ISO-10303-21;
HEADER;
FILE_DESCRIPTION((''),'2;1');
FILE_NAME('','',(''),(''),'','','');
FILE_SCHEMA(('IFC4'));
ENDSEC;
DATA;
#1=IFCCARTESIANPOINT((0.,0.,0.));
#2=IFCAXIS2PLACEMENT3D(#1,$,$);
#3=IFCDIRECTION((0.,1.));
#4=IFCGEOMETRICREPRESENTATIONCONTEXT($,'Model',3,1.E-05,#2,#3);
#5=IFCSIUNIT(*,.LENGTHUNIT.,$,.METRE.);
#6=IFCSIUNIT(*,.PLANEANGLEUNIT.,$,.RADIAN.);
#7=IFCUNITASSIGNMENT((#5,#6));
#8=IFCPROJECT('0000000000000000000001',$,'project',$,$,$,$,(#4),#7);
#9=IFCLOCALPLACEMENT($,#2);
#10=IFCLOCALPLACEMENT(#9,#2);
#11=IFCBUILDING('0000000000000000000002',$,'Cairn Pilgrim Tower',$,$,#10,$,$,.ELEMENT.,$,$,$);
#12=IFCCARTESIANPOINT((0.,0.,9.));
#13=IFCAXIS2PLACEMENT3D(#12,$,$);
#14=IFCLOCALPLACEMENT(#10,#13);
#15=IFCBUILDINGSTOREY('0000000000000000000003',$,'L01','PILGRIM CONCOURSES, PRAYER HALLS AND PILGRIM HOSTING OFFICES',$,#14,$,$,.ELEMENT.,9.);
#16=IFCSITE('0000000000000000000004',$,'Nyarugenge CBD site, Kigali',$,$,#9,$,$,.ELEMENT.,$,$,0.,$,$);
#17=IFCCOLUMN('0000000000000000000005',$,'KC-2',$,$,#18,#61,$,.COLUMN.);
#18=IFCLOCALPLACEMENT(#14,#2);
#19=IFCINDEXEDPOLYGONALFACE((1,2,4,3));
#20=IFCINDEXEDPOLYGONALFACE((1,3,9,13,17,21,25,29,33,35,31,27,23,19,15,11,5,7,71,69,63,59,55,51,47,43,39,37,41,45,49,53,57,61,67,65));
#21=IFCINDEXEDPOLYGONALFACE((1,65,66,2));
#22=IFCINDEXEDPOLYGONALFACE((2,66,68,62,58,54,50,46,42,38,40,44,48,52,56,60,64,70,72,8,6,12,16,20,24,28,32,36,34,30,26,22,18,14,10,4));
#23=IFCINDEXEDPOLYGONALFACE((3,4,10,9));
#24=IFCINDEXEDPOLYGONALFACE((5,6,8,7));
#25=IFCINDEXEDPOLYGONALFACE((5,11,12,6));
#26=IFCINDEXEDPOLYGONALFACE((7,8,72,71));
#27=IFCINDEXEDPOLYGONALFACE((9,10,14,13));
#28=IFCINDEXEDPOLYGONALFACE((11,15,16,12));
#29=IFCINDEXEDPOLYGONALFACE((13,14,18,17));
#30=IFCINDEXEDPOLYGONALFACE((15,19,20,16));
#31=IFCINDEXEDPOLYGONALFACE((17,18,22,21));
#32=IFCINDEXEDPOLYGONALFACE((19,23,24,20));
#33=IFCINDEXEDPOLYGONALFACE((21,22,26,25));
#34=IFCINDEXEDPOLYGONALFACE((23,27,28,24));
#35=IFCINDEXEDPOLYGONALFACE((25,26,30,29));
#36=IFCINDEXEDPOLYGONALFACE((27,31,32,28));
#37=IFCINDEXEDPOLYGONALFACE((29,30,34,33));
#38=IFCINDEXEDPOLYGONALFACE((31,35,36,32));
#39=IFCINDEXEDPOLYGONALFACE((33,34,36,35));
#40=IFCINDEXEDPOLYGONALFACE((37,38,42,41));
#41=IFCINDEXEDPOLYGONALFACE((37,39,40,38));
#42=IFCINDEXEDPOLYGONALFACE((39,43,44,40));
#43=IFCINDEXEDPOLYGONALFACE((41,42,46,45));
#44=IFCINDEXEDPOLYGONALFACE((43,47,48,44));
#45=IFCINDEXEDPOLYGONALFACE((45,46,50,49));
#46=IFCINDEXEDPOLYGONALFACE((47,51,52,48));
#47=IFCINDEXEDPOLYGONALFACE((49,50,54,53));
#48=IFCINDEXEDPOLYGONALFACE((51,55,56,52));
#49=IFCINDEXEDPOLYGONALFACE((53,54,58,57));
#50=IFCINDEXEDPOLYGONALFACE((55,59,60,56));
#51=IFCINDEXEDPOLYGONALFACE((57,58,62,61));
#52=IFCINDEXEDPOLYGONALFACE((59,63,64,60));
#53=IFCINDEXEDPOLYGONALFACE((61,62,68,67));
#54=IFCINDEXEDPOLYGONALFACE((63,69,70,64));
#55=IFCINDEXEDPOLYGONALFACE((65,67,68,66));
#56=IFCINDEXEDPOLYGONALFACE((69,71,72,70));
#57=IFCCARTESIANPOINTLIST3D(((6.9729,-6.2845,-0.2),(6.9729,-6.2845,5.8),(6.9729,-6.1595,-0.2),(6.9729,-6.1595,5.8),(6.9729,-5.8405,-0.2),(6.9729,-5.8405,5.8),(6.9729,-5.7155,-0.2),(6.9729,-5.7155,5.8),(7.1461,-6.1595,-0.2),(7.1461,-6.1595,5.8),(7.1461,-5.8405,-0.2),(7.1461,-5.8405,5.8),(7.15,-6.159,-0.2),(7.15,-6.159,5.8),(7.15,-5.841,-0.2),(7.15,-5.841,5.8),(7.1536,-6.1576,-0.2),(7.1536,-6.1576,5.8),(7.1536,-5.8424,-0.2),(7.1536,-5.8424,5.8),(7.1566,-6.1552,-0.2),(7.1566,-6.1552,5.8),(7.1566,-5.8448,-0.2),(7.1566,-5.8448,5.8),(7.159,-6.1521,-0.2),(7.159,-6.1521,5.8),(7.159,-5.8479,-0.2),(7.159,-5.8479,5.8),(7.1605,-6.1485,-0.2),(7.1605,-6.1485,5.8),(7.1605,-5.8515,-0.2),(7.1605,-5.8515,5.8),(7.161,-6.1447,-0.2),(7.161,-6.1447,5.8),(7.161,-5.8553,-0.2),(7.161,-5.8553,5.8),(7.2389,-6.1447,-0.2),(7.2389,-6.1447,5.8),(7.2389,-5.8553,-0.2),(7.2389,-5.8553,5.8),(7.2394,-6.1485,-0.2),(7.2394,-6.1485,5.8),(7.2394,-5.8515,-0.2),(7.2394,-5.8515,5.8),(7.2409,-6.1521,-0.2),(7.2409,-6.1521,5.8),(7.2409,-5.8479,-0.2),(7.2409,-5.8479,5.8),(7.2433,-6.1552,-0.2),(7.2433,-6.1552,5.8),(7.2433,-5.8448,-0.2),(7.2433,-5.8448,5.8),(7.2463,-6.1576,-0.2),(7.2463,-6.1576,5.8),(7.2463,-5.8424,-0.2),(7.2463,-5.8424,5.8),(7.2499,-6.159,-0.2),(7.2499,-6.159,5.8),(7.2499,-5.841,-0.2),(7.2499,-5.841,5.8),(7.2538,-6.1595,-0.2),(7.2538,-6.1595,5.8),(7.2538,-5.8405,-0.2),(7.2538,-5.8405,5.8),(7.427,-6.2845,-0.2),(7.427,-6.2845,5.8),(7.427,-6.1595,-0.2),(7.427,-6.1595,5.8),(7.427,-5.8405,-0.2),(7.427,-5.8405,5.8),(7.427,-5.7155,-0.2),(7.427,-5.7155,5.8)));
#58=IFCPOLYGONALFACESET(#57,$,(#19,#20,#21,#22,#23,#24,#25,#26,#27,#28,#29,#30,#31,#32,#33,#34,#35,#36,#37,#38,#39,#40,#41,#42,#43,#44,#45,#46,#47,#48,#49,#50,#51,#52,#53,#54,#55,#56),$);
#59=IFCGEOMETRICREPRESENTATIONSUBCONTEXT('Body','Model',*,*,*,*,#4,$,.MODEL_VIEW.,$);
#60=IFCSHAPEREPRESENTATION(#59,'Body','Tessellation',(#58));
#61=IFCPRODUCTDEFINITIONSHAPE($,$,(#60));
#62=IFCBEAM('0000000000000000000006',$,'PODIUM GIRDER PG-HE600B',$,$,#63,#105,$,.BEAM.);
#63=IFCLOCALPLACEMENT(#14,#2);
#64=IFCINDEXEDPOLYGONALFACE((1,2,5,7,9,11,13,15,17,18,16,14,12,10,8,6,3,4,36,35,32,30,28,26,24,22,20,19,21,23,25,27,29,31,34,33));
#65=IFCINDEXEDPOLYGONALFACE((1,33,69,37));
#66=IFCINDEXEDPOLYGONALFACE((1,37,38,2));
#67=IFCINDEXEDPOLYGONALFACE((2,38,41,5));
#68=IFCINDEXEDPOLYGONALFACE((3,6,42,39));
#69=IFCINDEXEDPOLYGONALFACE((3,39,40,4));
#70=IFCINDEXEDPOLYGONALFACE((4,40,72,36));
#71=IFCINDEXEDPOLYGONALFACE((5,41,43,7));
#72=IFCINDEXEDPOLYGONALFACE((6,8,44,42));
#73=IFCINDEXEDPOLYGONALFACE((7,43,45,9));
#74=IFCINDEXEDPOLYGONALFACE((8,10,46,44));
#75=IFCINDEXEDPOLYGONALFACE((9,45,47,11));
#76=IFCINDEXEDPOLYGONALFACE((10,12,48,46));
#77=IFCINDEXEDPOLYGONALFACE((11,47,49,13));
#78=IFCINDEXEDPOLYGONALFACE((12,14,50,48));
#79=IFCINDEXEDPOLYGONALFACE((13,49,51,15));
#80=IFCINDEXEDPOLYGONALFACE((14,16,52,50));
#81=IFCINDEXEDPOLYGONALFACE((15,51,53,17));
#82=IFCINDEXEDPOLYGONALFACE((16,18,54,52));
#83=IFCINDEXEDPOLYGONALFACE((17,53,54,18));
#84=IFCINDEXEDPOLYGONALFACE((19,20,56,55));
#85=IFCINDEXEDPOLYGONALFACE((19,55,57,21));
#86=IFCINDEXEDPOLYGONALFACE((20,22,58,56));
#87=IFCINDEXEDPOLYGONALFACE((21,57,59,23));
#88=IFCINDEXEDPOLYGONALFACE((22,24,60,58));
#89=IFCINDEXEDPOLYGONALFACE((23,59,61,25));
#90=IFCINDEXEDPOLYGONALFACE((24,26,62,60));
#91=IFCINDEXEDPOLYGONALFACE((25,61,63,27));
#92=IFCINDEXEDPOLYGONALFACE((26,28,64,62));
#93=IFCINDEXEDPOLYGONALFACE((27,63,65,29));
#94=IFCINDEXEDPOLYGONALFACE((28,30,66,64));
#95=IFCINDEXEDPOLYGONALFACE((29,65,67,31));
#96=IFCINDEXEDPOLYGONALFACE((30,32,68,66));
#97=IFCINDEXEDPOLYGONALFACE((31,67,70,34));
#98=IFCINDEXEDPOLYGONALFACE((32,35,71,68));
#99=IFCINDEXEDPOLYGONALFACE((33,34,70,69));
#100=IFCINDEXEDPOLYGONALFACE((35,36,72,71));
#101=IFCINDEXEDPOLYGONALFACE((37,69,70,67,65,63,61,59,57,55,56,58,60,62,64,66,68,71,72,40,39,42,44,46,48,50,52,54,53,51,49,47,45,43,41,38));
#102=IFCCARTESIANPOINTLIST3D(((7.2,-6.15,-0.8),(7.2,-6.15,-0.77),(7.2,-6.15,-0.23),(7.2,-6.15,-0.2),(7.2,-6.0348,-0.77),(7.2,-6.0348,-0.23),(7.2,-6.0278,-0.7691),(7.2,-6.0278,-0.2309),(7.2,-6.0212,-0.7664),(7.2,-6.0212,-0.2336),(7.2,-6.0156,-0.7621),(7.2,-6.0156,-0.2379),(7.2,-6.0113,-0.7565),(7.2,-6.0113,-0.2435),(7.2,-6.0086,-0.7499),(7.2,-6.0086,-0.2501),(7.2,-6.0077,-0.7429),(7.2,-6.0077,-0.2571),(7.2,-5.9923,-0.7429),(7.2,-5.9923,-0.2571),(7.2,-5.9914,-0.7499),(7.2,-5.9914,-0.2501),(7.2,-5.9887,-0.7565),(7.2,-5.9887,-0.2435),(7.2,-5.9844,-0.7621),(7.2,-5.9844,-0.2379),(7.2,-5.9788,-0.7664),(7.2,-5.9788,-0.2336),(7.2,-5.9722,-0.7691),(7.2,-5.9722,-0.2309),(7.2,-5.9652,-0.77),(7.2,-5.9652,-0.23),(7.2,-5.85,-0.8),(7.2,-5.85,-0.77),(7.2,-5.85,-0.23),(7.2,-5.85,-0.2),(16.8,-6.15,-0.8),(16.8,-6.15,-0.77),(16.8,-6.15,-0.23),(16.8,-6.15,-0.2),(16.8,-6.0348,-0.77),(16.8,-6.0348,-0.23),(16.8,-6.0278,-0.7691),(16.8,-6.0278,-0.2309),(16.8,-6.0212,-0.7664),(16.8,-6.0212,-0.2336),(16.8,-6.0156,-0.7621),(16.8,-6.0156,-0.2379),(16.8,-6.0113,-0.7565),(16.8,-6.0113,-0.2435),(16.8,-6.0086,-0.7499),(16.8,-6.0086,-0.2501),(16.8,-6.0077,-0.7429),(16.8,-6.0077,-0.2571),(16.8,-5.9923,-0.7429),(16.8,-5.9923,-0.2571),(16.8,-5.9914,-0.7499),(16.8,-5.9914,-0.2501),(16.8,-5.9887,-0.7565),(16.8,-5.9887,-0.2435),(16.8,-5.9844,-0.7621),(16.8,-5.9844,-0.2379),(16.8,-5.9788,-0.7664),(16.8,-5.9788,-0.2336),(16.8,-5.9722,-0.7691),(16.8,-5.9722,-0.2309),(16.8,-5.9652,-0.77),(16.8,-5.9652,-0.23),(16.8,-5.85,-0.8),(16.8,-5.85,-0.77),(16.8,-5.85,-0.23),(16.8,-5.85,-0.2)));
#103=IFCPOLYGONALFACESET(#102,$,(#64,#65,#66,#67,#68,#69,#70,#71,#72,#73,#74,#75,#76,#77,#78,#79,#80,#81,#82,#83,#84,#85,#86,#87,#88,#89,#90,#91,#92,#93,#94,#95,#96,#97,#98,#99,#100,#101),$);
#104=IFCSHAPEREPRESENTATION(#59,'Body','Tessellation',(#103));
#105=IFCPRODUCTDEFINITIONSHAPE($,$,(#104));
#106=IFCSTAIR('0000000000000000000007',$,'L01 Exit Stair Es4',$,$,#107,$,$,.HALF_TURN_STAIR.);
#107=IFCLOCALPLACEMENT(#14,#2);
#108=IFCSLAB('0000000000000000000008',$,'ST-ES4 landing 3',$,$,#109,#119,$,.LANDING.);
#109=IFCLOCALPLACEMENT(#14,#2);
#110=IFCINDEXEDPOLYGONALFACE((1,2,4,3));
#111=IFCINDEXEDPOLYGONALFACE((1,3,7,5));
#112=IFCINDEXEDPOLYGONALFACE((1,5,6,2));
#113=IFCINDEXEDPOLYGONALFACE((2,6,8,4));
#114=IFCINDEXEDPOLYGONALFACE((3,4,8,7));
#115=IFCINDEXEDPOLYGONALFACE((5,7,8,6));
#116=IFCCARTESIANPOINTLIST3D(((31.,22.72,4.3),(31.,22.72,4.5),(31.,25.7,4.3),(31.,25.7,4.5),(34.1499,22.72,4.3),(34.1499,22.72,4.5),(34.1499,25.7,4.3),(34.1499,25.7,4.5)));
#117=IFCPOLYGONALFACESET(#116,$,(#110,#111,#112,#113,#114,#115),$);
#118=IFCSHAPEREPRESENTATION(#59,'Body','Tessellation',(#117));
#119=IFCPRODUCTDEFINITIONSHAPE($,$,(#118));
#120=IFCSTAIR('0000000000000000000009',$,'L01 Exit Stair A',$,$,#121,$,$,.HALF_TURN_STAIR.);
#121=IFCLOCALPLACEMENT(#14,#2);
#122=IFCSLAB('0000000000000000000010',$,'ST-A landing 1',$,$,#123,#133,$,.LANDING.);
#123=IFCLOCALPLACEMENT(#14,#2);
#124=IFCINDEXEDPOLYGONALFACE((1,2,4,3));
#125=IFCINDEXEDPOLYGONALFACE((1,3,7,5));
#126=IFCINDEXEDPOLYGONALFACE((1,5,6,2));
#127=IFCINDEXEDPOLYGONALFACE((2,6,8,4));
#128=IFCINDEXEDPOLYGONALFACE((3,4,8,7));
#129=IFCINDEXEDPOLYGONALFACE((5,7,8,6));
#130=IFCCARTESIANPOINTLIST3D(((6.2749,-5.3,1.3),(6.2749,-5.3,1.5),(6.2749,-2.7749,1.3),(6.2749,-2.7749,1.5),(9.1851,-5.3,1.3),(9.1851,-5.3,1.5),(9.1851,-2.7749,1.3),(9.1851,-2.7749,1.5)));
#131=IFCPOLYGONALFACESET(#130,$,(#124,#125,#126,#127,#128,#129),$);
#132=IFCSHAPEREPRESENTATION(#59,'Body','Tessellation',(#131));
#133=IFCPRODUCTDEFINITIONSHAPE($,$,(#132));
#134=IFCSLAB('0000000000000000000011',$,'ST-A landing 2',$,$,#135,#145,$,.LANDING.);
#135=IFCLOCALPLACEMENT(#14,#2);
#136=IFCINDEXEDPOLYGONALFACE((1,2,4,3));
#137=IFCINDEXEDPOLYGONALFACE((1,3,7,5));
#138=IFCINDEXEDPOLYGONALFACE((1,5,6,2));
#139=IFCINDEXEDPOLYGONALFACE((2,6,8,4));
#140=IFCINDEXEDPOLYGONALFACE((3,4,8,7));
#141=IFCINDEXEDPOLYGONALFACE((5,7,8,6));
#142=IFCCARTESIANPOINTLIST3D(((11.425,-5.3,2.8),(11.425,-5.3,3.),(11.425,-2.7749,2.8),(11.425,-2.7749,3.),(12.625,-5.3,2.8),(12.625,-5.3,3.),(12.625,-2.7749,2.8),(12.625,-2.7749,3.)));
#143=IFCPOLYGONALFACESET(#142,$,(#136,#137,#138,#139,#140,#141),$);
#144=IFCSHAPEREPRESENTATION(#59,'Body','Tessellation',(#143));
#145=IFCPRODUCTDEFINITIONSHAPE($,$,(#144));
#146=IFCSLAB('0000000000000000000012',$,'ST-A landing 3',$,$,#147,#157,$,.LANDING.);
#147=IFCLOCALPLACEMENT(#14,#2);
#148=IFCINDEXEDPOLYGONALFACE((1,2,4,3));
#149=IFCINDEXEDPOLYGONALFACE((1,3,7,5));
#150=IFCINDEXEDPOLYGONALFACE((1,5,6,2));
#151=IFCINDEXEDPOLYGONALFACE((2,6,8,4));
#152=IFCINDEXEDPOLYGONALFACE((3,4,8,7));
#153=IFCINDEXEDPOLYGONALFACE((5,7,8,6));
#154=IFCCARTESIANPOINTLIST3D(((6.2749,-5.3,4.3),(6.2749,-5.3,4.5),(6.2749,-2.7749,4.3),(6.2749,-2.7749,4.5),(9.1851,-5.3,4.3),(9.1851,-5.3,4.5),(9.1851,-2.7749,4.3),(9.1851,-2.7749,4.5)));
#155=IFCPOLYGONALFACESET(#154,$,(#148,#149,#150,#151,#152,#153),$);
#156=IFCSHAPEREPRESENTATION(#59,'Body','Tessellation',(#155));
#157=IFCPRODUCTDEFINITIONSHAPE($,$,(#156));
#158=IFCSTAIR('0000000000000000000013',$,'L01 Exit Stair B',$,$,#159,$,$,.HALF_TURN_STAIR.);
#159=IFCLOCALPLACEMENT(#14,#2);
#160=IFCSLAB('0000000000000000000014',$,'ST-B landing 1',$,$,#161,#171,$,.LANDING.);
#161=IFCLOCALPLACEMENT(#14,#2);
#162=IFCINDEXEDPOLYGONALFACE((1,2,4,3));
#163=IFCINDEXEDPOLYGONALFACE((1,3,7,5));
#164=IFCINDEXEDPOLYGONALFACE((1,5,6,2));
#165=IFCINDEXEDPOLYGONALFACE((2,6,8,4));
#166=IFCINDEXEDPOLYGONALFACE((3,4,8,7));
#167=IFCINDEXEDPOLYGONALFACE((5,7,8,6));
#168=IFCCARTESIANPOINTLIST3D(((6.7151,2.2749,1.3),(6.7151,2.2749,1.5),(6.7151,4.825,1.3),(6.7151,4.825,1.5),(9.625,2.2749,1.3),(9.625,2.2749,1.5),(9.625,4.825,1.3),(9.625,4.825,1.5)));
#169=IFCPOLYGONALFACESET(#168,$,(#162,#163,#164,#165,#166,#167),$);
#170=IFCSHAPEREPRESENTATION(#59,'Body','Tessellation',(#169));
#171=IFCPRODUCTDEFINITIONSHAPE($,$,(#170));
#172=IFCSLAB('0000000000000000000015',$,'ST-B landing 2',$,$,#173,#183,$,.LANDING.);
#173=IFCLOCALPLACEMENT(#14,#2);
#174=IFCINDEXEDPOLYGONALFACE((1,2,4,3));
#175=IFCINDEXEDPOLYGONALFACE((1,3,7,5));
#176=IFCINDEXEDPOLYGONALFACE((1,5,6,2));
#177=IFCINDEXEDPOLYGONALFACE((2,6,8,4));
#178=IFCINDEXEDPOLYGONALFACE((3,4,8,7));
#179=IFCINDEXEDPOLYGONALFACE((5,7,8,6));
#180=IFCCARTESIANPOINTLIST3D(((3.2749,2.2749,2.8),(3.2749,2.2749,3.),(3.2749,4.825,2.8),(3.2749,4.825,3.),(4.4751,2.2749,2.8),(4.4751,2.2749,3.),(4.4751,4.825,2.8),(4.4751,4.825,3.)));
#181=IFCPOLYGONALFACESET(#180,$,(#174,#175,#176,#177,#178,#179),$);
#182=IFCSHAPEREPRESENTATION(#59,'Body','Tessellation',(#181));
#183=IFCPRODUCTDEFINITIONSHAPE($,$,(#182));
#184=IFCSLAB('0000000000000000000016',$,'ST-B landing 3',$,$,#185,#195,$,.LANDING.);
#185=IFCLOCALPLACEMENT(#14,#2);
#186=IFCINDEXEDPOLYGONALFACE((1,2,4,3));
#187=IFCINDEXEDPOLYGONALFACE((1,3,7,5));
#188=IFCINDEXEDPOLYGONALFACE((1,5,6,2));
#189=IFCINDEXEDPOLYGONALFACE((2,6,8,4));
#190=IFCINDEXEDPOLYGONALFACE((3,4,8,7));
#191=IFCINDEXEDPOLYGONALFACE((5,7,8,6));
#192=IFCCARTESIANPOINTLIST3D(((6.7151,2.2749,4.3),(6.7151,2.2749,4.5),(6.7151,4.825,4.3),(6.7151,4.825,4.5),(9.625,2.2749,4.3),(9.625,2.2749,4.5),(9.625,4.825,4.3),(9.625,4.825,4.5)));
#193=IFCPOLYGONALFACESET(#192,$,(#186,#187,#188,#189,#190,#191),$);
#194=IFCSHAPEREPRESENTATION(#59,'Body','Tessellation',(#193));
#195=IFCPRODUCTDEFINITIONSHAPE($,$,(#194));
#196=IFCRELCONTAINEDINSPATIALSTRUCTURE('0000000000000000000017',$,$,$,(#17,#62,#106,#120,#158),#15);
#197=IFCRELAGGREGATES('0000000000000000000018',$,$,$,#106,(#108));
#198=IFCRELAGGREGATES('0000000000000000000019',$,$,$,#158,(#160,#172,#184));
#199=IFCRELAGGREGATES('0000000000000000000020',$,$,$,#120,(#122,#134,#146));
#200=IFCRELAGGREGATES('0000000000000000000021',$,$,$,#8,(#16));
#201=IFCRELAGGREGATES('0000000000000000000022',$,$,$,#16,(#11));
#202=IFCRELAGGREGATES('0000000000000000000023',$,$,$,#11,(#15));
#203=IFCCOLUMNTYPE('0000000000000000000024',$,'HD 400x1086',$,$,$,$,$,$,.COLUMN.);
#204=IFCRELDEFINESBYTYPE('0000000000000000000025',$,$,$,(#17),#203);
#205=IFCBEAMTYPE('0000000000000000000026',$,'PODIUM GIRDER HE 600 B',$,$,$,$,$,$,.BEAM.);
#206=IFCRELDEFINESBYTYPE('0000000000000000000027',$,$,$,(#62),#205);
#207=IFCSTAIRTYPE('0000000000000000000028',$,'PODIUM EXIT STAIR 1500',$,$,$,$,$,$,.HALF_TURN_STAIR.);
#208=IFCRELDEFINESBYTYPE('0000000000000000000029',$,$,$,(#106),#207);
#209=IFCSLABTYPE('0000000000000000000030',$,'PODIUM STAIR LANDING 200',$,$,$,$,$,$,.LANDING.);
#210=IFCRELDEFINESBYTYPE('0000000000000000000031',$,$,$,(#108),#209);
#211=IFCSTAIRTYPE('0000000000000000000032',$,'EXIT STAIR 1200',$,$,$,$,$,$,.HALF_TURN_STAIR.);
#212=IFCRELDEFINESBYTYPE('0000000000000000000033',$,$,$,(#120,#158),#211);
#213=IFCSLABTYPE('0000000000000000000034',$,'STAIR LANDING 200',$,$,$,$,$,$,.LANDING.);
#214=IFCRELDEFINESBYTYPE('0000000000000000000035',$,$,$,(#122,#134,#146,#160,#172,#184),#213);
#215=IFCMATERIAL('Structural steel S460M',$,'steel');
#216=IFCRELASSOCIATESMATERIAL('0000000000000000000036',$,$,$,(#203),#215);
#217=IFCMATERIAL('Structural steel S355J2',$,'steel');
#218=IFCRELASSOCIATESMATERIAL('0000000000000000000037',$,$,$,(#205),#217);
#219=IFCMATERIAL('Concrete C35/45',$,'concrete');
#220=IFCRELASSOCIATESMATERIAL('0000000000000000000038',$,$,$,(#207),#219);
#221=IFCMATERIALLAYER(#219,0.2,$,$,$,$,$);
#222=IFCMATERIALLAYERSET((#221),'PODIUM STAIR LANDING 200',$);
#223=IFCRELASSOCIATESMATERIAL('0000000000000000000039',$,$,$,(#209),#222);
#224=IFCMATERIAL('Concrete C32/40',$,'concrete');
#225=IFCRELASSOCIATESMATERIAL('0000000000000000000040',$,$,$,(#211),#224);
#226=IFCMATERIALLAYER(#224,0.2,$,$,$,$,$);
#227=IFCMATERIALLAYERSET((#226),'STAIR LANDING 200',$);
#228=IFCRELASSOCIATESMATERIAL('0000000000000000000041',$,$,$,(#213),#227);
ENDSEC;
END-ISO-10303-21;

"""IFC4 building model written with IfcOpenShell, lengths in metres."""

from ifc_helpers import new_model, si_unit, direction, frame, origin, origin_2d, place, context, subcontext, project, spatial, polyline, i_section, outline, extrude, material, layer, layer_set, material_profile, profile_set, type_object, element, aggregate, save


model = new_model("IFC4")

# Units and contexts
model_context = context("Model", 3, precision=1e-05, world=origin(), true_north=direction((0.0, 1.0)))
body_context = subcontext(model_context, "Body", "Model", "MODEL_VIEW")
ifc_project = project(units=[si_unit("LENGTHUNIT", "METRE"), si_unit("PLANEANGLEUNIT", "RADIAN")], contexts=[model_context])

# Site, building, storey
site_placement = place(None, origin())
site = spatial("IfcSite", under=ifc_project, at=site_placement, Name="Nyarugenge CBD site, Kigali", CompositionType="ELEMENT", RefElevation=0.0)
building_placement = place(site_placement, origin())
building = spatial("IfcBuilding", under=site, at=building_placement, Name="Cairn Pilgrim Tower", CompositionType="ELEMENT")
storey_placement = place(building_placement, frame((0.0, 0.0, 9.0)))
storey = spatial("IfcBuildingStorey", under=building, at=storey_placement, Name="L01", Description="PILGRIM CONCOURSES, PRAYER HALLS AND PILGRIM HOSTING OFFICES", CompositionType="ELEMENT", Elevation=9.0)

# Column
ifc_material_1 = material(Name="Structural steel S460M", Category="steel")
ifc_material_profile_1 = material_profile(ifc_material_1, i_section(OverallWidth=0.4541, OverallDepth=0.5691, WebThickness=0.0779, FlangeThickness=0.125, FilletRadius=0.0149, at=origin_2d()), Name="HD 400x1086")
ifc_profile_set_1 = profile_set([ifc_material_profile_1], Name="Structural steel S460M")
column_type = type_object("IfcColumnType", Name="HD 400x1086", PredefinedType="COLUMN", material=ifc_profile_set_1)
column_placement = place(storey_placement, frame((7.2, -6.0, -0.2), z_axis=(0.0, 0.0, 1.0), x_axis=(1.0, 0.0, 0.0)))
element("IfcColumn", 1, at=column_placement, inside=storey, type_object=column_type, Name="KC-2", PredefinedType="COLUMN", context=body_context, shape_type="SweptSolid", body=[
    extrude(i_section(OverallWidth=0.4541, OverallDepth=0.5691, WebThickness=0.0779, FlangeThickness=0.125, FilletRadius=0.0149, at=origin_2d()), origin(), (0.0, 0.0, 1.0), 6.0),
])

# Beam
ifc_material_2 = material(Name="Structural steel S355J2", Category="steel")
ifc_material_profile_2 = material_profile(ifc_material_2, i_section(OverallWidth=0.3, OverallDepth=0.6001, WebThickness=0.0154, FlangeThickness=0.03, FilletRadius=0.0271, at=origin_2d()), Name="HEB 600")
ifc_profile_set_2 = profile_set([ifc_material_profile_2], Name="Structural steel S355J2")
beam_type = type_object("IfcBeamType", Name="PODIUM GIRDER HE 600 B", PredefinedType="BEAM", material=ifc_profile_set_2)
beam_placement = place(storey_placement, frame((7.2, -6.0, -0.5), z_axis=(1.0, 0.0, 0.0), x_axis=(0.0, 1.0, 0.0)))
element("IfcBeam", 2, at=beam_placement, inside=storey, type_object=beam_type, Name="PODIUM GIRDER PG-HE600B", PredefinedType="BEAM", context=body_context, shape_type="SweptSolid", body=[
    extrude(i_section(OverallWidth=0.3, OverallDepth=0.6001, WebThickness=0.0154, FlangeThickness=0.03, FilletRadius=0.0271, at=origin_2d()), origin(), (0.0, 0.0, 1.0), 9.6001),
])

# Stair, slab
ifc_material_3 = material(Name="Concrete C35/45", Category="concrete")
stair_type_1 = type_object("IfcStairType", Name="PODIUM EXIT STAIR 1500", PredefinedType="HALF_TURN_STAIR", material=ifc_material_3)
stair_1_placement = place(storey_placement, origin())
stair_1 = element("IfcStair", 3, at=stair_1_placement, inside=storey, type_object=stair_type_1, Name="L01 Exit Stair Es4", PredefinedType="HALF_TURN_STAIR")
ifc_layer_1 = layer(ifc_material_3, 0.2)
ifc_layer_set_1 = layer_set([ifc_layer_1], Name="PODIUM STAIR LANDING 200")
slab_type_1 = type_object("IfcSlabType", Name="PODIUM STAIR LANDING 200", PredefinedType="LANDING", material=ifc_layer_set_1)
slab_1_placement = place(storey_placement, frame((0.0, 0.0, 4.3)))
slab_1 = element("IfcSlab", 4, at=slab_1_placement, type_object=slab_type_1, Name="ST-ES4 landing 3", PredefinedType="LANDING", context=body_context, shape_type="SweptSolid", body=[
    extrude(outline(polyline([(34.1499, 22.72), (34.1499, 25.7), (31.0, 25.7), (31.0, 22.72), (34.1499, 22.72)])), origin(), (0.0, 0.0, 1.0), 0.2),
])
aggregate(stair_1, [slab_1])

# Stairs, slabs
ifc_material_4 = material(Name="Concrete C32/40", Category="concrete")
stair_type_2 = type_object("IfcStairType", Name="EXIT STAIR 1200", PredefinedType="HALF_TURN_STAIR", material=ifc_material_4)
stair_2_placement = place(storey_placement, origin())
stair_2 = element("IfcStair", 5, at=stair_2_placement, inside=storey, type_object=stair_type_2, Name="L01 Exit Stair A", PredefinedType="HALF_TURN_STAIR")
ifc_layer_2 = layer(ifc_material_4, 0.2)
ifc_layer_set_2 = layer_set([ifc_layer_2], Name="STAIR LANDING 200")
slab_type_2 = type_object("IfcSlabType", Name="STAIR LANDING 200", PredefinedType="LANDING", material=ifc_layer_set_2)
slab_2_placement = place(storey_placement, frame((0.0, 0.0, 1.3)))
slab_2 = element("IfcSlab", 6, at=slab_2_placement, type_object=slab_type_2, Name="ST-A landing 1", PredefinedType="LANDING", context=body_context, shape_type="SweptSolid", body=[
    extrude(outline(polyline([(9.1851, -2.7749), (6.2749, -2.7749), (6.2749, -5.3), (9.1851, -5.3), (9.1851, -2.7749)])), origin(), (0.0, 0.0, 1.0), 0.2),
])
slab_3_placement = place(storey_placement, frame((0.0, 0.0, 2.8)))
slab_3 = element("IfcSlab", 7, at=slab_3_placement, type_object=slab_type_2, Name="ST-A landing 2", PredefinedType="LANDING", context=body_context, shape_type="SweptSolid", body=[
    extrude(outline(polyline([(12.625, -2.7749), (11.425, -2.7749), (11.425, -5.3), (12.625, -5.3), (12.625, -2.7749)])), origin(), (0.0, 0.0, 1.0), 0.2),
])
slab_4_placement = place(storey_placement, frame((0.0, 0.0, 4.3)))
slab_4 = element("IfcSlab", 8, at=slab_4_placement, type_object=slab_type_2, Name="ST-A landing 3", PredefinedType="LANDING", context=body_context, shape_type="SweptSolid", body=[
    extrude(outline(polyline([(9.1851, -2.7749), (6.2749, -2.7749), (6.2749, -5.3), (9.1851, -5.3), (9.1851, -2.7749)])), origin(), (0.0, 0.0, 1.0), 0.2),
])
stair_3_placement = place(storey_placement, origin())
stair_3 = element("IfcStair", 9, at=stair_3_placement, inside=storey, type_object=stair_type_2, Name="L01 Exit Stair B", PredefinedType="HALF_TURN_STAIR")
slab_5_placement = place(storey_placement, frame((0.0, 0.0, 1.3)))
slab_5 = element("IfcSlab", 10, at=slab_5_placement, type_object=slab_type_2, Name="ST-B landing 1", PredefinedType="LANDING", context=body_context, shape_type="SweptSolid", body=[
    extrude(outline(polyline([(6.7151, 2.2749), (9.625, 2.2749), (9.625, 4.825), (6.7151, 4.825), (6.7151, 2.2749)])), origin(), (0.0, 0.0, 1.0), 0.2),
])
slab_6_placement = place(storey_placement, frame((0.0, 0.0, 2.8)))
slab_6 = element("IfcSlab", 11, at=slab_6_placement, type_object=slab_type_2, Name="ST-B landing 2", PredefinedType="LANDING", context=body_context, shape_type="SweptSolid", body=[
    extrude(outline(polyline([(3.2749, 2.2749), (4.4751, 2.2749), (4.4751, 4.825), (3.2749, 4.825), (3.2749, 2.2749)])), origin(), (0.0, 0.0, 1.0), 0.2),
])
slab_7_placement = place(storey_placement, frame((0.0, 0.0, 4.3)))
slab_7 = element("IfcSlab", 12, at=slab_7_placement, type_object=slab_type_2, Name="ST-B landing 3", PredefinedType="LANDING", context=body_context, shape_type="SweptSolid", body=[
    extrude(outline(polyline([(6.7151, 2.2749), (9.625, 2.2749), (9.625, 4.825), (6.7151, 4.825), (6.7151, 2.2749)])), origin(), (0.0, 0.0, 1.0), 0.2),
])
aggregate(stair_3, [slab_5, slab_6, slab_7])

aggregate(stair_2, [slab_2, slab_3, slab_4])

save(model, "model.ifc")
